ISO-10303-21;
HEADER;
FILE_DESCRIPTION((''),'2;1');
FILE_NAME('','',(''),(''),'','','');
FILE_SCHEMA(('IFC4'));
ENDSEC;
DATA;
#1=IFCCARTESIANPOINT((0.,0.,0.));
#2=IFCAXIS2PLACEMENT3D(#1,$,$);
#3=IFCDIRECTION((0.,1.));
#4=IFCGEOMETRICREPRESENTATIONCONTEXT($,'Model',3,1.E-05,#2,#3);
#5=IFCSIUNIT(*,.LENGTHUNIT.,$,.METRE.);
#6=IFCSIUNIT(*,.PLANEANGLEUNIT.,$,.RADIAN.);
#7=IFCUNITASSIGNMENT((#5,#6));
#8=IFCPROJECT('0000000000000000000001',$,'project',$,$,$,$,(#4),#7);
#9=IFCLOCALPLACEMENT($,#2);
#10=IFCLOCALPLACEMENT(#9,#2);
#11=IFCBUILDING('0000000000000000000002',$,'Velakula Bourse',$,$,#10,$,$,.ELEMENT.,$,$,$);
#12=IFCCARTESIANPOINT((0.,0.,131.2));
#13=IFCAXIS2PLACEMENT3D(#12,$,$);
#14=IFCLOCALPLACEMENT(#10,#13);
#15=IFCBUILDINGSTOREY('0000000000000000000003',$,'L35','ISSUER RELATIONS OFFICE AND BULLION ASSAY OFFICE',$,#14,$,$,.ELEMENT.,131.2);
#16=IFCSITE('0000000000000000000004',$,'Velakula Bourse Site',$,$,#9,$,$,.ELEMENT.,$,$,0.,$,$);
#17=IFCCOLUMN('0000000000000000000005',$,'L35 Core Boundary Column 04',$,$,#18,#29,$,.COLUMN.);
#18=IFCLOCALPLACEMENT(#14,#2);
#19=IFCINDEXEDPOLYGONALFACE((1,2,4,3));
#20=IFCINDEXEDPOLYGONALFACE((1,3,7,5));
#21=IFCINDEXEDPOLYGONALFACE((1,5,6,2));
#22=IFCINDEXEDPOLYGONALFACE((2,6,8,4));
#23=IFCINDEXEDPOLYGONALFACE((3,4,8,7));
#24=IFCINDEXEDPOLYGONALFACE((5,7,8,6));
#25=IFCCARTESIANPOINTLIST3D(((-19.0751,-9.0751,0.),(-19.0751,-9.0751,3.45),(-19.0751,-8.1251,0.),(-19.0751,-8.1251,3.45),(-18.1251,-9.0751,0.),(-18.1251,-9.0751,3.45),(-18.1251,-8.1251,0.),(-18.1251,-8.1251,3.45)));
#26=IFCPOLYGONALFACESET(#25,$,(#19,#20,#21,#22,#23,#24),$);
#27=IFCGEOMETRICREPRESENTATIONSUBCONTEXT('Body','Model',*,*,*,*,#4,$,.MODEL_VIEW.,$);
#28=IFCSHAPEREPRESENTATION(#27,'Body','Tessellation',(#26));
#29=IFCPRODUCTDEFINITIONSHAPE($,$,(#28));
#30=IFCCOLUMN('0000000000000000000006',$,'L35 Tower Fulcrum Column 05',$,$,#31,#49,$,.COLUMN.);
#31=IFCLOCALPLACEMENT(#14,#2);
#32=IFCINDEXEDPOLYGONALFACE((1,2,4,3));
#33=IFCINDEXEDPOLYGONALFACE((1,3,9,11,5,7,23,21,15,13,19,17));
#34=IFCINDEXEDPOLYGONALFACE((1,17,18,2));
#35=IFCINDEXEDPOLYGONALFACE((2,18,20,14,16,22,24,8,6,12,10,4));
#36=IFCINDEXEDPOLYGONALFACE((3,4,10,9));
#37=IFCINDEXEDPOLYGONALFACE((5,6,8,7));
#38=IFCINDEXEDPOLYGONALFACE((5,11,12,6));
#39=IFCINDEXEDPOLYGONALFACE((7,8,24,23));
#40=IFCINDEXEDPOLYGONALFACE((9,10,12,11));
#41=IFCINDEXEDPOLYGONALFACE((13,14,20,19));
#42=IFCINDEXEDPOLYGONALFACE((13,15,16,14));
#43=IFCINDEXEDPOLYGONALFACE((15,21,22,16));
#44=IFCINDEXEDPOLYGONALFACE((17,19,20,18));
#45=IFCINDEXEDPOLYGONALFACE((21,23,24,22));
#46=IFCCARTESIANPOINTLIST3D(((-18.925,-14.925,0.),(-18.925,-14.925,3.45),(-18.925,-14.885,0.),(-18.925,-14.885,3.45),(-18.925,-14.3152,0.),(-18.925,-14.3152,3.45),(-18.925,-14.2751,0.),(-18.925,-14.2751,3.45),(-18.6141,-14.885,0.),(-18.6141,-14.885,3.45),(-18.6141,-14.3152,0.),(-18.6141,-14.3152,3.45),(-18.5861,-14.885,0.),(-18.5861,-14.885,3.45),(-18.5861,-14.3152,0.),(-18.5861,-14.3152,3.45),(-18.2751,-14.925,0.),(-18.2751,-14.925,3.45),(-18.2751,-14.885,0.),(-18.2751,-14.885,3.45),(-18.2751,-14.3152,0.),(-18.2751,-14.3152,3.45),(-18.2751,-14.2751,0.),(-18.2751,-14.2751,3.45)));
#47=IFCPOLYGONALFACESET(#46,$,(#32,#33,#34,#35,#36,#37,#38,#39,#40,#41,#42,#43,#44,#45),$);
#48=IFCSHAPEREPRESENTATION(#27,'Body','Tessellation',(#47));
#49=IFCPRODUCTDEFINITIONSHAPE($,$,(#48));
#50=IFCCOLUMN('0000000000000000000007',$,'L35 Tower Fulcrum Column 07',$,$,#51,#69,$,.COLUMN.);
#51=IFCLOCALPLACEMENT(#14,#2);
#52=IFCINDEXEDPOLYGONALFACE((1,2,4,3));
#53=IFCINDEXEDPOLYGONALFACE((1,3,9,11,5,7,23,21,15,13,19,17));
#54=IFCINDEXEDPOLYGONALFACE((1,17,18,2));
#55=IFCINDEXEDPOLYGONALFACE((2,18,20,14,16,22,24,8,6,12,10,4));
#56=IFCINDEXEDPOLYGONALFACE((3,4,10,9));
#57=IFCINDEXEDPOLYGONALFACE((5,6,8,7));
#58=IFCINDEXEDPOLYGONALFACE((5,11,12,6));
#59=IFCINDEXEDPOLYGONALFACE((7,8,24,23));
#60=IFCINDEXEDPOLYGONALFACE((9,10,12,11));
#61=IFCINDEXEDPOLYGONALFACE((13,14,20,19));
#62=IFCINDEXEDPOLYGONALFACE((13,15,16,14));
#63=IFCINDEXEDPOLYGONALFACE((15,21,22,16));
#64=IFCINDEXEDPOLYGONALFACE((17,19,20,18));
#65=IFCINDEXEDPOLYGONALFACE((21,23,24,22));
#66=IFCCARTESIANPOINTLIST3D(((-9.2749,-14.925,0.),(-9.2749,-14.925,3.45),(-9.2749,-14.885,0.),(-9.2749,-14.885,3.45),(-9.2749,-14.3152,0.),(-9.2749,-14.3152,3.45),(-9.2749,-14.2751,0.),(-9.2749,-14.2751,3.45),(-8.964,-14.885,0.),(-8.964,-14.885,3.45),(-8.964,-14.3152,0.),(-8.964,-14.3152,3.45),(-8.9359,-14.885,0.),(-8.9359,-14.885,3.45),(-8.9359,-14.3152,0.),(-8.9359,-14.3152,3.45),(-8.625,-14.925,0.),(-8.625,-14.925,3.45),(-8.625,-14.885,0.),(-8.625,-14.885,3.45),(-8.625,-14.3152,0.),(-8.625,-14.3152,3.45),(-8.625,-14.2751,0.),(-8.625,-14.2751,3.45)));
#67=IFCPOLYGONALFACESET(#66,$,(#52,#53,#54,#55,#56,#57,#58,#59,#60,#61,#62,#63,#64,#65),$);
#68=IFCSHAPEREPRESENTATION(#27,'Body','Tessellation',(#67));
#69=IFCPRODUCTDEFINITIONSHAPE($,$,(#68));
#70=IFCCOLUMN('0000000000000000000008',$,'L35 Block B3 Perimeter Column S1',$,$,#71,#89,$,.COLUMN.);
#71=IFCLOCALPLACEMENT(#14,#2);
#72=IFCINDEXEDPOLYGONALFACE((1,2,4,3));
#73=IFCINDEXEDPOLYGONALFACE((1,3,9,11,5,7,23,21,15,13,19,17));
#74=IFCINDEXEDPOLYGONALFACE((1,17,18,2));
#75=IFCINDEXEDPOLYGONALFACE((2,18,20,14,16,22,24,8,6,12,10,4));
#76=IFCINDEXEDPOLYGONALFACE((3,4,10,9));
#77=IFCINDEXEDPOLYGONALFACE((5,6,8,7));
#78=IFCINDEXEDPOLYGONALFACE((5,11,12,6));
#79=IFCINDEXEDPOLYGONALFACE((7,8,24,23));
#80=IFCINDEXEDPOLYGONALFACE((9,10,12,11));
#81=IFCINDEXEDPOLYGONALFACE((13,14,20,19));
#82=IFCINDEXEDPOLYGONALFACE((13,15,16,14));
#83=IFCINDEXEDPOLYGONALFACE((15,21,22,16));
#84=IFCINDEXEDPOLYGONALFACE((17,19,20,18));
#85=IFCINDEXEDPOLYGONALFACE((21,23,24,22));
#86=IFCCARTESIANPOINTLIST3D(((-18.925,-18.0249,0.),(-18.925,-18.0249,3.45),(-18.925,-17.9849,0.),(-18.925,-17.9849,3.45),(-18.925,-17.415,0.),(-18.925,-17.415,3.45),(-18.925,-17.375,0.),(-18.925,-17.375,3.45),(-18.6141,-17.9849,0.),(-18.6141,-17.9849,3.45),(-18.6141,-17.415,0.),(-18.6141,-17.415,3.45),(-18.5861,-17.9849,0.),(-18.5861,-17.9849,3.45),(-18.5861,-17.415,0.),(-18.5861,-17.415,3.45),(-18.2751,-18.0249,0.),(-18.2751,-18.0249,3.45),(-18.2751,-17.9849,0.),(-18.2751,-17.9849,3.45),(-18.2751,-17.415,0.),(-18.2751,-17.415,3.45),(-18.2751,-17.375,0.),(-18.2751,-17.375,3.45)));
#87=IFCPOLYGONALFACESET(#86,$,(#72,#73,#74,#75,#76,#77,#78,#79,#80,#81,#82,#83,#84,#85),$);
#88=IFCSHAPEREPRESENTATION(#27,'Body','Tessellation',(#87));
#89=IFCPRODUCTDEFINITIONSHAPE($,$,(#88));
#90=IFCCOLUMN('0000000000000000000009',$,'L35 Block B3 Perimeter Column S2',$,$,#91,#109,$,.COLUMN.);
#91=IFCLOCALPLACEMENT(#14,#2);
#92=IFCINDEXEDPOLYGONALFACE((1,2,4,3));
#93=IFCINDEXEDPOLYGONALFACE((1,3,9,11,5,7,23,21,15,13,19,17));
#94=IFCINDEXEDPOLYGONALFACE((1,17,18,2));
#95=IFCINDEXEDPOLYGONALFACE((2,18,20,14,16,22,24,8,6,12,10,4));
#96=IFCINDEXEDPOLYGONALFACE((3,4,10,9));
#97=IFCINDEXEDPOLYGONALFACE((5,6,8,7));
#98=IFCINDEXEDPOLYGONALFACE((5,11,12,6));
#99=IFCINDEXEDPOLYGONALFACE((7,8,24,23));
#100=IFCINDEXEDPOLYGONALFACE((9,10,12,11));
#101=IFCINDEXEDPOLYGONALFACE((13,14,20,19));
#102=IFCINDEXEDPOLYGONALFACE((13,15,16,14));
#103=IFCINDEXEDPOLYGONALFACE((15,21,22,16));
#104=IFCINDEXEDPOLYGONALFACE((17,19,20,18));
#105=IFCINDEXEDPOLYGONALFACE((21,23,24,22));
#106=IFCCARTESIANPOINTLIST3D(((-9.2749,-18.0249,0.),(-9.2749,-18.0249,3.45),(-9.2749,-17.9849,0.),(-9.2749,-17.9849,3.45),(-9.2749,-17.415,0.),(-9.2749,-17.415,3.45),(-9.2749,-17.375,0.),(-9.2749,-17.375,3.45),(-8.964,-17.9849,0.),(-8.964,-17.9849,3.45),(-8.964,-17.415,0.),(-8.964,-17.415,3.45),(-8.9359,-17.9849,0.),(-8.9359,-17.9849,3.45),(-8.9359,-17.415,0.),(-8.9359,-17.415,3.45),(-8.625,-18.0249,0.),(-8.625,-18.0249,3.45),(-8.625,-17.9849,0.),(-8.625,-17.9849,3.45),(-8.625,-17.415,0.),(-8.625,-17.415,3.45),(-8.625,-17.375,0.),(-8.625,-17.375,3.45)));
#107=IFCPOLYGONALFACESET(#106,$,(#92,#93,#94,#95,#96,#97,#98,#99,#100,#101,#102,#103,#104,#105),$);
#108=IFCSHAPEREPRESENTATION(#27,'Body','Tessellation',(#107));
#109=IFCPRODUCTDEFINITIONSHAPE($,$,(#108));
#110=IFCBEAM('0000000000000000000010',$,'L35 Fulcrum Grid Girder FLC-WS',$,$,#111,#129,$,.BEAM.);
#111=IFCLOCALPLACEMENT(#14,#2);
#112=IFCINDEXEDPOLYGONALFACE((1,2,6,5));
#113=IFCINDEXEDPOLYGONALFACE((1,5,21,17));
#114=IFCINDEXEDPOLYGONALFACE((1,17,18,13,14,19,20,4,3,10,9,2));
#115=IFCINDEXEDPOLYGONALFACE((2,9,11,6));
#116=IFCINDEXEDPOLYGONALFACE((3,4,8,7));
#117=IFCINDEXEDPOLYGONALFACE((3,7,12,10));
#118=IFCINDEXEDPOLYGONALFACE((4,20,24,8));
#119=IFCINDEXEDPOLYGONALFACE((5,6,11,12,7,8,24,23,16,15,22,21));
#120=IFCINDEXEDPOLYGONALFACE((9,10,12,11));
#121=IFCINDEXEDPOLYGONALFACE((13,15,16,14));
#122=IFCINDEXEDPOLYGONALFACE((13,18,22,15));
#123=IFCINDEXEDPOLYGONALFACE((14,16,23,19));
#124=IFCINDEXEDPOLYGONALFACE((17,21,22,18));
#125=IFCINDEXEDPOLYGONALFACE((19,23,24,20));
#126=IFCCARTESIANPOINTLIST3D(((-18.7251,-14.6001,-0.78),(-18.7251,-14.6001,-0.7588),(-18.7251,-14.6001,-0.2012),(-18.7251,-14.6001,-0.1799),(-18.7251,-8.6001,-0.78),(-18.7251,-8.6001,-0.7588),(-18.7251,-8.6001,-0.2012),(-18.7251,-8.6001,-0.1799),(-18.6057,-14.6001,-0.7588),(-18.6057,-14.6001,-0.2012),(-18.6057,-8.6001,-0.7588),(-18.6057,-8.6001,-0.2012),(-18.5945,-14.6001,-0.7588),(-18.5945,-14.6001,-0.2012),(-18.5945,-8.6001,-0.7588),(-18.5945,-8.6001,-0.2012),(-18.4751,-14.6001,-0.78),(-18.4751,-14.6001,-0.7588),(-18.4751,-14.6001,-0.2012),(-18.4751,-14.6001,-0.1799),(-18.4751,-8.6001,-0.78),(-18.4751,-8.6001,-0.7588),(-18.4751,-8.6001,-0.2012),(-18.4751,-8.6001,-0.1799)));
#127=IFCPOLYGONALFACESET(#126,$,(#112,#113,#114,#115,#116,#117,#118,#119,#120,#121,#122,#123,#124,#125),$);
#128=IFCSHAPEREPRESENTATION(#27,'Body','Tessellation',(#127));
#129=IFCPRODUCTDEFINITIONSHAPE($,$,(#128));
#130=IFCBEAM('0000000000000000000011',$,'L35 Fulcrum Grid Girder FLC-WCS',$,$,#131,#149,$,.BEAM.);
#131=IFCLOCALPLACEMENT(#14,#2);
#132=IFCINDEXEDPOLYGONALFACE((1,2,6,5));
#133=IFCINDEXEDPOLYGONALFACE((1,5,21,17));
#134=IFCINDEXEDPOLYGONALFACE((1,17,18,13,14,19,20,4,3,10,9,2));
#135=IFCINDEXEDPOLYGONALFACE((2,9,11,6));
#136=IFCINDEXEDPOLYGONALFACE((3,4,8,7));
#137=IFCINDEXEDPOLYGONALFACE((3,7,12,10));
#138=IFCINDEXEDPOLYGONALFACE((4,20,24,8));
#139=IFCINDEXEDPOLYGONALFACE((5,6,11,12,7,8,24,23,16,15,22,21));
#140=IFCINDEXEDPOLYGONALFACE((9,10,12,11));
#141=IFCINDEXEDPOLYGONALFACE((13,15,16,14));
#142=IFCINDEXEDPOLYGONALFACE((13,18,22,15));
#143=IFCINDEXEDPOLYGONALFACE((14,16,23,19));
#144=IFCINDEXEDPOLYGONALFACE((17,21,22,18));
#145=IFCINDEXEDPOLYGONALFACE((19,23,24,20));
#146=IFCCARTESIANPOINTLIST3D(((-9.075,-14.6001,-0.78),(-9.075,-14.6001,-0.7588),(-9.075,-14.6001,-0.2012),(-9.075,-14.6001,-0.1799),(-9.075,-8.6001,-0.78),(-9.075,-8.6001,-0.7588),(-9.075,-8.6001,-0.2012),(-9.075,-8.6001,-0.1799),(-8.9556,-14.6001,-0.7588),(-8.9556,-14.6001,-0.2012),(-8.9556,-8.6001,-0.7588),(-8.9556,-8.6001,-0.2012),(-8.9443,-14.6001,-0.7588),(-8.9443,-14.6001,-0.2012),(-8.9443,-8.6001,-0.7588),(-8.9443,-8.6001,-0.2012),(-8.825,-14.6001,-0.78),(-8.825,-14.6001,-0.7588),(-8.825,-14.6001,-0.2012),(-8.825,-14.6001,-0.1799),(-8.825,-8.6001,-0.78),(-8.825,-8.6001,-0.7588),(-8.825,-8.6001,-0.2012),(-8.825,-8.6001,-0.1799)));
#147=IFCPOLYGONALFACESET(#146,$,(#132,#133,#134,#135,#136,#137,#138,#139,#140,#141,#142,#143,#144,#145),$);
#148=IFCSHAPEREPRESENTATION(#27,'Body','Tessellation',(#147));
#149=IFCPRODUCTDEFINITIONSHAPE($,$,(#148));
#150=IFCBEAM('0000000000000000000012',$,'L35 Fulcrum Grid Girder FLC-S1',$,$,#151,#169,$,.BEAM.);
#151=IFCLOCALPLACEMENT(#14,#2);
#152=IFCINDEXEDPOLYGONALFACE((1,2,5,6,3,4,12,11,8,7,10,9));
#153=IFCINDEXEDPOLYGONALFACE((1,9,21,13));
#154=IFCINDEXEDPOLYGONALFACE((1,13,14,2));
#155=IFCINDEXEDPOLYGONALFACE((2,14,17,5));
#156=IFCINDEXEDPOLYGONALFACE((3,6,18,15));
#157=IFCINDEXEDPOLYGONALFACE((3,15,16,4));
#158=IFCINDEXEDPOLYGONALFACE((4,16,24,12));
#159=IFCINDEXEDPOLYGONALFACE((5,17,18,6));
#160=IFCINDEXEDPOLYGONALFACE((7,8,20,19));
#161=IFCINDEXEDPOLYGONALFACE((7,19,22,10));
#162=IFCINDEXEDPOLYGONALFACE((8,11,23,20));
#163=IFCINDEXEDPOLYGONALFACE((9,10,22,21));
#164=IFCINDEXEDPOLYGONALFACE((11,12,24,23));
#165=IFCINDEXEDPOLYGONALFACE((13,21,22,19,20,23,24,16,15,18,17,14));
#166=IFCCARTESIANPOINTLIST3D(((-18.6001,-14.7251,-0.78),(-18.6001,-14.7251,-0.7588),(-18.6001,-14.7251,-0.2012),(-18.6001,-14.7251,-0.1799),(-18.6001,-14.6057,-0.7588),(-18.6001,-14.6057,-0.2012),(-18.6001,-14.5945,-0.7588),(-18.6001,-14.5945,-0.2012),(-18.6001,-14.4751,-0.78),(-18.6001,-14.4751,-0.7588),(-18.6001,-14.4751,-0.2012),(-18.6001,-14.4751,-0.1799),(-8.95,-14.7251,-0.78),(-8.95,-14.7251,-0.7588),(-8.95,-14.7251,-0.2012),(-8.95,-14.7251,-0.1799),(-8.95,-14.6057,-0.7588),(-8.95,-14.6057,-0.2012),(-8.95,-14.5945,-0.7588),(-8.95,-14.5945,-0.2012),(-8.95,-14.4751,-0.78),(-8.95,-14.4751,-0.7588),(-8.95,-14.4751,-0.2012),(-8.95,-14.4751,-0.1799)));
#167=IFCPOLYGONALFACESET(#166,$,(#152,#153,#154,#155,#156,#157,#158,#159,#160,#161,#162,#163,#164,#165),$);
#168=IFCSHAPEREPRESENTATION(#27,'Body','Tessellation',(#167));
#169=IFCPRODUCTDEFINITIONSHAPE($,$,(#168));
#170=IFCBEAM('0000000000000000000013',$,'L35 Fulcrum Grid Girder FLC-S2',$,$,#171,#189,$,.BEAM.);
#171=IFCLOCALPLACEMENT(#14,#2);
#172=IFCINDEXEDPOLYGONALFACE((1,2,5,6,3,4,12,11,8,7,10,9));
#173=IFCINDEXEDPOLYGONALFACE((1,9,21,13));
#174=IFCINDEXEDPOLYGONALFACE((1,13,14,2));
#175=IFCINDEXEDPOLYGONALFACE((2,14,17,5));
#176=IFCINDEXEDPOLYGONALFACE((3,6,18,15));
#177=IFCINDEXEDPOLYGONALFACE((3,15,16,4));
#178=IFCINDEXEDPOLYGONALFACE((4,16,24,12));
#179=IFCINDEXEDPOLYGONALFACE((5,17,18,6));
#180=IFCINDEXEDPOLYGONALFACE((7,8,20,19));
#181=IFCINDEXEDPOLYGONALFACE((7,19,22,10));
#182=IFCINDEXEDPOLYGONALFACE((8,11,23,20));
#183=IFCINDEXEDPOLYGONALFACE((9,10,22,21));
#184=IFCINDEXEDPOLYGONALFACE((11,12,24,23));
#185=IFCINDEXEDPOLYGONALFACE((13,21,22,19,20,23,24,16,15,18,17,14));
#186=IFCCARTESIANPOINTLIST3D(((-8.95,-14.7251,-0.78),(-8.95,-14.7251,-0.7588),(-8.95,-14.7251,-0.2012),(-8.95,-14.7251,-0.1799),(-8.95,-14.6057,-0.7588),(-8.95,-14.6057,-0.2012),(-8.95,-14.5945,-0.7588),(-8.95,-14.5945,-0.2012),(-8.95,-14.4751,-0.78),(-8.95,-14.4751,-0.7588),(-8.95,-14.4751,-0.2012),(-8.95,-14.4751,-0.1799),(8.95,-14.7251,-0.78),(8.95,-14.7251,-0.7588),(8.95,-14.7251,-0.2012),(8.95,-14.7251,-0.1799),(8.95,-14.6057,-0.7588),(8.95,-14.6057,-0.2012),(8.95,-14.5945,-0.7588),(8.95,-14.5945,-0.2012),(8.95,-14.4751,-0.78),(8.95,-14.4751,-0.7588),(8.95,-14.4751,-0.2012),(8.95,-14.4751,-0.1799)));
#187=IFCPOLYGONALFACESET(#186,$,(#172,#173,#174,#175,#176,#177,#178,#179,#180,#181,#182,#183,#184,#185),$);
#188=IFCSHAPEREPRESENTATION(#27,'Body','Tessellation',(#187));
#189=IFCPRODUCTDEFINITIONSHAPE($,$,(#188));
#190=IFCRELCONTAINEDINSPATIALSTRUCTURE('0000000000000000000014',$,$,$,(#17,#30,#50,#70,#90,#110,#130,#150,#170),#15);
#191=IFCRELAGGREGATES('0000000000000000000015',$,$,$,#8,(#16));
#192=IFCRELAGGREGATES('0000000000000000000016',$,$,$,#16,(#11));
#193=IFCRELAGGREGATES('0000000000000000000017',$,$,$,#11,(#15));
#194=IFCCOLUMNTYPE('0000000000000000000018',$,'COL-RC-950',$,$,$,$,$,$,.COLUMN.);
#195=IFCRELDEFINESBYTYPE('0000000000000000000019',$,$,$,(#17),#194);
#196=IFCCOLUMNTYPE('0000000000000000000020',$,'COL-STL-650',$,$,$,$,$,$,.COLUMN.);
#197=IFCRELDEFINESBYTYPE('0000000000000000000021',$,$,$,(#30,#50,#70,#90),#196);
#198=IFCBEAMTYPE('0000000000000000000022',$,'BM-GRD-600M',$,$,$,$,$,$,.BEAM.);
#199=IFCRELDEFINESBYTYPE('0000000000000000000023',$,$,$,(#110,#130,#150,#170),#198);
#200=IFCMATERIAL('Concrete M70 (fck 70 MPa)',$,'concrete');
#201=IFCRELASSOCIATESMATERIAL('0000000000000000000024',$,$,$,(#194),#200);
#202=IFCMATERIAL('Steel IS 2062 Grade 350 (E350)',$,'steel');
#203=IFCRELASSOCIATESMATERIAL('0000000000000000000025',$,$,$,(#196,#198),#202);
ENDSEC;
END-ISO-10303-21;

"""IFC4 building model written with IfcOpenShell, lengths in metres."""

from ifc_helpers import new_model, si_unit, direction, frame, origin, origin_2d, place, context, subcontext, project, spatial, rectangle, i_section, extrude, material, material_profile, profile_set, type_object, element, save


model = new_model("IFC4")

# Units and contexts
model_context = context("Model", 3, precision=1e-05, world=origin(), true_north=direction((0.0, 1.0)))
body_context = subcontext(model_context, "Body", "Model", "MODEL_VIEW")
ifc_project = project(units=[si_unit("LENGTHUNIT", "METRE"), si_unit("PLANEANGLEUNIT", "RADIAN")], contexts=[model_context])

# Site, building, storey
site_placement = place(None, origin())
site = spatial("IfcSite", under=ifc_project, at=site_placement, Name="Velakula Bourse Site", CompositionType="ELEMENT", RefElevation=0.0)
building_placement = place(site_placement, origin())
building = spatial("IfcBuilding", under=site, at=building_placement, Name="Velakula Bourse", CompositionType="ELEMENT")
storey_placement = place(building_placement, frame((0.0, 0.0, 131.2)))
storey = spatial("IfcBuildingStorey", under=building, at=storey_placement, Name="L35", Description="ISSUER RELATIONS OFFICE AND BULLION ASSAY OFFICE", CompositionType="ELEMENT", Elevation=131.2)

# Columns
ifc_material_1 = material(Name="Concrete M70 (fck 70 MPa)", Category="concrete")
ifc_material_profile_1 = material_profile(ifc_material_1, rectangle(XDim=0.95, YDim=0.95, at=origin_2d()), Name="Concrete M70 (fck 70 MPa)")
ifc_profile_set_1 = profile_set([ifc_material_profile_1], Name="Concrete M70 (fck 70 MPa)")
column_type_1 = type_object("IfcColumnType", Name="COL-RC-950", PredefinedType="COLUMN", material=ifc_profile_set_1)
column_placement = place(storey_placement, frame((-18.6001, -8.6001, 0.0), z_axis=(0.0, 0.0, 1.0), x_axis=(1.0, 0.0, 0.0)))
element("IfcColumn", 1, at=column_placement, inside=storey, type_object=column_type_1, Name="L35 Core Boundary Column 04", PredefinedType="COLUMN", context=body_context, shape_type="SweptSolid", body=[
    extrude(rectangle(XDim=0.95, YDim=0.95, at=origin_2d()), origin(), (0.0, 0.0, 1.0), 3.45),
])
ifc_material_2 = material(Name="Steel IS 2062 Grade 350 (E350)", Category="steel")
ifc_material_profile_2 = material_profile(ifc_material_2, i_section(OverallWidth=0.6499, OverallDepth=0.6499, WebThickness=0.0281, FlangeThickness=0.04, at=origin_2d()), Name="Steel IS 2062 Grade 350 (E350)")
ifc_profile_set_2 = profile_set([ifc_material_profile_2], Name="Steel IS 2062 Grade 350 (E350)")
column_type_2 = type_object("IfcColumnType", Name="COL-STL-650", PredefinedType="COLUMN", material=ifc_profile_set_2)
for number, where, z_axis, x_axis, name in (
    (2, (-18.6001, -14.6001, 0.0), (0.0, 0.0, 1.0), (1.0, 0.0, 0.0), "L35 Tower Fulcrum Column 05"),
    (3, (-8.95, -14.6001, 0.0), (0.0, 0.0, 1.0), (1.0, 0.0, 0.0), "L35 Tower Fulcrum Column 07"),
    (4, (-18.6001, -17.7, 0.0), (0.0, 0.0, 1.0), (1.0, 0.0, 0.0), "L35 Block B3 Perimeter Column S1"),
    (5, (-8.95, -17.7, 0.0), (0.0, 0.0, 1.0), (1.0, 0.0, 0.0), "L35 Block B3 Perimeter Column S2"),
):
    element("IfcColumn", number, at=place(storey_placement, frame(where, z_axis=z_axis, x_axis=x_axis)), inside=storey, type_object=column_type_2, Name=name, PredefinedType="COLUMN", context=body_context, shape_type="SweptSolid", body=[
        extrude(i_section(OverallWidth=0.6499, OverallDepth=0.6499, WebThickness=0.0281, FlangeThickness=0.04, at=origin_2d()), origin(), (0.0, 0.0, 1.0), 3.45),
    ])

# Beams
ifc_material_profile_3 = material_profile(ifc_material_2, i_section(OverallWidth=0.25, OverallDepth=0.6001, WebThickness=0.0112, FlangeThickness=0.0212, at=origin_2d()), Name="Steel IS 2062 Grade 350 (E350)")
ifc_profile_set_3 = profile_set([ifc_material_profile_3], Name="Steel IS 2062 Grade 350 (E350)")
beam_type_1 = type_object("IfcBeamType", Name="BM-GRD-600M", PredefinedType="BEAM", material=ifc_profile_set_3)
for number, where, z_axis, x_axis, name in (
    (6, (-18.6001, -14.6001, -0.48), (0.0, 1.0, 0.0), (-1.0, 0.0, 0.0), "L35 Fulcrum Grid Girder FLC-WS"),
    (7, (-8.95, -14.6001, -0.48), (0.0, 1.0, 0.0), (-1.0, 0.0, 0.0), "L35 Fulcrum Grid Girder FLC-WCS"),
):
    element("IfcBeam", number, at=place(storey_placement, frame(where, z_axis=z_axis, x_axis=x_axis)), inside=storey, type_object=beam_type_1, Name=name, PredefinedType="BEAM", context=body_context, shape_type="SweptSolid", body=[
        extrude(i_section(OverallWidth=0.25, OverallDepth=0.6001, WebThickness=0.0112, FlangeThickness=0.0212, at=origin_2d()), origin(), (0.0, 0.0, 1.0), 6.0),
    ])
beam_1_placement = place(storey_placement, frame((-18.6001, -14.6001, -0.48), z_axis=(1.0, 0.0, 0.0), x_axis=(0.0, 1.0, 0.0)))
element("IfcBeam", 8, at=beam_1_placement, inside=storey, type_object=beam_type_1, Name="L35 Fulcrum Grid Girder FLC-S1", PredefinedType="BEAM", context=body_context, shape_type="SweptSolid", body=[
    extrude(i_section(OverallWidth=0.25, OverallDepth=0.6001, WebThickness=0.0112, FlangeThickness=0.0212, at=origin_2d()), origin(), (0.0, 0.0, 1.0), 9.6501),
])
beam_2_placement = place(storey_placement, frame((-8.95, -14.6001, -0.48), z_axis=(1.0, 0.0, 0.0), x_axis=(0.0, 1.0, 0.0)))
element("IfcBeam", 9, at=beam_2_placement, inside=storey, type_object=beam_type_1, Name="L35 Fulcrum Grid Girder FLC-S2", PredefinedType="BEAM", context=body_context, shape_type="SweptSolid", body=[
    extrude(i_section(OverallWidth=0.25, OverallDepth=0.6001, WebThickness=0.0112, FlangeThickness=0.0212, at=origin_2d()), origin(), (0.0, 0.0, 1.0), 17.8999),
])

save(model, "model.ifc")
